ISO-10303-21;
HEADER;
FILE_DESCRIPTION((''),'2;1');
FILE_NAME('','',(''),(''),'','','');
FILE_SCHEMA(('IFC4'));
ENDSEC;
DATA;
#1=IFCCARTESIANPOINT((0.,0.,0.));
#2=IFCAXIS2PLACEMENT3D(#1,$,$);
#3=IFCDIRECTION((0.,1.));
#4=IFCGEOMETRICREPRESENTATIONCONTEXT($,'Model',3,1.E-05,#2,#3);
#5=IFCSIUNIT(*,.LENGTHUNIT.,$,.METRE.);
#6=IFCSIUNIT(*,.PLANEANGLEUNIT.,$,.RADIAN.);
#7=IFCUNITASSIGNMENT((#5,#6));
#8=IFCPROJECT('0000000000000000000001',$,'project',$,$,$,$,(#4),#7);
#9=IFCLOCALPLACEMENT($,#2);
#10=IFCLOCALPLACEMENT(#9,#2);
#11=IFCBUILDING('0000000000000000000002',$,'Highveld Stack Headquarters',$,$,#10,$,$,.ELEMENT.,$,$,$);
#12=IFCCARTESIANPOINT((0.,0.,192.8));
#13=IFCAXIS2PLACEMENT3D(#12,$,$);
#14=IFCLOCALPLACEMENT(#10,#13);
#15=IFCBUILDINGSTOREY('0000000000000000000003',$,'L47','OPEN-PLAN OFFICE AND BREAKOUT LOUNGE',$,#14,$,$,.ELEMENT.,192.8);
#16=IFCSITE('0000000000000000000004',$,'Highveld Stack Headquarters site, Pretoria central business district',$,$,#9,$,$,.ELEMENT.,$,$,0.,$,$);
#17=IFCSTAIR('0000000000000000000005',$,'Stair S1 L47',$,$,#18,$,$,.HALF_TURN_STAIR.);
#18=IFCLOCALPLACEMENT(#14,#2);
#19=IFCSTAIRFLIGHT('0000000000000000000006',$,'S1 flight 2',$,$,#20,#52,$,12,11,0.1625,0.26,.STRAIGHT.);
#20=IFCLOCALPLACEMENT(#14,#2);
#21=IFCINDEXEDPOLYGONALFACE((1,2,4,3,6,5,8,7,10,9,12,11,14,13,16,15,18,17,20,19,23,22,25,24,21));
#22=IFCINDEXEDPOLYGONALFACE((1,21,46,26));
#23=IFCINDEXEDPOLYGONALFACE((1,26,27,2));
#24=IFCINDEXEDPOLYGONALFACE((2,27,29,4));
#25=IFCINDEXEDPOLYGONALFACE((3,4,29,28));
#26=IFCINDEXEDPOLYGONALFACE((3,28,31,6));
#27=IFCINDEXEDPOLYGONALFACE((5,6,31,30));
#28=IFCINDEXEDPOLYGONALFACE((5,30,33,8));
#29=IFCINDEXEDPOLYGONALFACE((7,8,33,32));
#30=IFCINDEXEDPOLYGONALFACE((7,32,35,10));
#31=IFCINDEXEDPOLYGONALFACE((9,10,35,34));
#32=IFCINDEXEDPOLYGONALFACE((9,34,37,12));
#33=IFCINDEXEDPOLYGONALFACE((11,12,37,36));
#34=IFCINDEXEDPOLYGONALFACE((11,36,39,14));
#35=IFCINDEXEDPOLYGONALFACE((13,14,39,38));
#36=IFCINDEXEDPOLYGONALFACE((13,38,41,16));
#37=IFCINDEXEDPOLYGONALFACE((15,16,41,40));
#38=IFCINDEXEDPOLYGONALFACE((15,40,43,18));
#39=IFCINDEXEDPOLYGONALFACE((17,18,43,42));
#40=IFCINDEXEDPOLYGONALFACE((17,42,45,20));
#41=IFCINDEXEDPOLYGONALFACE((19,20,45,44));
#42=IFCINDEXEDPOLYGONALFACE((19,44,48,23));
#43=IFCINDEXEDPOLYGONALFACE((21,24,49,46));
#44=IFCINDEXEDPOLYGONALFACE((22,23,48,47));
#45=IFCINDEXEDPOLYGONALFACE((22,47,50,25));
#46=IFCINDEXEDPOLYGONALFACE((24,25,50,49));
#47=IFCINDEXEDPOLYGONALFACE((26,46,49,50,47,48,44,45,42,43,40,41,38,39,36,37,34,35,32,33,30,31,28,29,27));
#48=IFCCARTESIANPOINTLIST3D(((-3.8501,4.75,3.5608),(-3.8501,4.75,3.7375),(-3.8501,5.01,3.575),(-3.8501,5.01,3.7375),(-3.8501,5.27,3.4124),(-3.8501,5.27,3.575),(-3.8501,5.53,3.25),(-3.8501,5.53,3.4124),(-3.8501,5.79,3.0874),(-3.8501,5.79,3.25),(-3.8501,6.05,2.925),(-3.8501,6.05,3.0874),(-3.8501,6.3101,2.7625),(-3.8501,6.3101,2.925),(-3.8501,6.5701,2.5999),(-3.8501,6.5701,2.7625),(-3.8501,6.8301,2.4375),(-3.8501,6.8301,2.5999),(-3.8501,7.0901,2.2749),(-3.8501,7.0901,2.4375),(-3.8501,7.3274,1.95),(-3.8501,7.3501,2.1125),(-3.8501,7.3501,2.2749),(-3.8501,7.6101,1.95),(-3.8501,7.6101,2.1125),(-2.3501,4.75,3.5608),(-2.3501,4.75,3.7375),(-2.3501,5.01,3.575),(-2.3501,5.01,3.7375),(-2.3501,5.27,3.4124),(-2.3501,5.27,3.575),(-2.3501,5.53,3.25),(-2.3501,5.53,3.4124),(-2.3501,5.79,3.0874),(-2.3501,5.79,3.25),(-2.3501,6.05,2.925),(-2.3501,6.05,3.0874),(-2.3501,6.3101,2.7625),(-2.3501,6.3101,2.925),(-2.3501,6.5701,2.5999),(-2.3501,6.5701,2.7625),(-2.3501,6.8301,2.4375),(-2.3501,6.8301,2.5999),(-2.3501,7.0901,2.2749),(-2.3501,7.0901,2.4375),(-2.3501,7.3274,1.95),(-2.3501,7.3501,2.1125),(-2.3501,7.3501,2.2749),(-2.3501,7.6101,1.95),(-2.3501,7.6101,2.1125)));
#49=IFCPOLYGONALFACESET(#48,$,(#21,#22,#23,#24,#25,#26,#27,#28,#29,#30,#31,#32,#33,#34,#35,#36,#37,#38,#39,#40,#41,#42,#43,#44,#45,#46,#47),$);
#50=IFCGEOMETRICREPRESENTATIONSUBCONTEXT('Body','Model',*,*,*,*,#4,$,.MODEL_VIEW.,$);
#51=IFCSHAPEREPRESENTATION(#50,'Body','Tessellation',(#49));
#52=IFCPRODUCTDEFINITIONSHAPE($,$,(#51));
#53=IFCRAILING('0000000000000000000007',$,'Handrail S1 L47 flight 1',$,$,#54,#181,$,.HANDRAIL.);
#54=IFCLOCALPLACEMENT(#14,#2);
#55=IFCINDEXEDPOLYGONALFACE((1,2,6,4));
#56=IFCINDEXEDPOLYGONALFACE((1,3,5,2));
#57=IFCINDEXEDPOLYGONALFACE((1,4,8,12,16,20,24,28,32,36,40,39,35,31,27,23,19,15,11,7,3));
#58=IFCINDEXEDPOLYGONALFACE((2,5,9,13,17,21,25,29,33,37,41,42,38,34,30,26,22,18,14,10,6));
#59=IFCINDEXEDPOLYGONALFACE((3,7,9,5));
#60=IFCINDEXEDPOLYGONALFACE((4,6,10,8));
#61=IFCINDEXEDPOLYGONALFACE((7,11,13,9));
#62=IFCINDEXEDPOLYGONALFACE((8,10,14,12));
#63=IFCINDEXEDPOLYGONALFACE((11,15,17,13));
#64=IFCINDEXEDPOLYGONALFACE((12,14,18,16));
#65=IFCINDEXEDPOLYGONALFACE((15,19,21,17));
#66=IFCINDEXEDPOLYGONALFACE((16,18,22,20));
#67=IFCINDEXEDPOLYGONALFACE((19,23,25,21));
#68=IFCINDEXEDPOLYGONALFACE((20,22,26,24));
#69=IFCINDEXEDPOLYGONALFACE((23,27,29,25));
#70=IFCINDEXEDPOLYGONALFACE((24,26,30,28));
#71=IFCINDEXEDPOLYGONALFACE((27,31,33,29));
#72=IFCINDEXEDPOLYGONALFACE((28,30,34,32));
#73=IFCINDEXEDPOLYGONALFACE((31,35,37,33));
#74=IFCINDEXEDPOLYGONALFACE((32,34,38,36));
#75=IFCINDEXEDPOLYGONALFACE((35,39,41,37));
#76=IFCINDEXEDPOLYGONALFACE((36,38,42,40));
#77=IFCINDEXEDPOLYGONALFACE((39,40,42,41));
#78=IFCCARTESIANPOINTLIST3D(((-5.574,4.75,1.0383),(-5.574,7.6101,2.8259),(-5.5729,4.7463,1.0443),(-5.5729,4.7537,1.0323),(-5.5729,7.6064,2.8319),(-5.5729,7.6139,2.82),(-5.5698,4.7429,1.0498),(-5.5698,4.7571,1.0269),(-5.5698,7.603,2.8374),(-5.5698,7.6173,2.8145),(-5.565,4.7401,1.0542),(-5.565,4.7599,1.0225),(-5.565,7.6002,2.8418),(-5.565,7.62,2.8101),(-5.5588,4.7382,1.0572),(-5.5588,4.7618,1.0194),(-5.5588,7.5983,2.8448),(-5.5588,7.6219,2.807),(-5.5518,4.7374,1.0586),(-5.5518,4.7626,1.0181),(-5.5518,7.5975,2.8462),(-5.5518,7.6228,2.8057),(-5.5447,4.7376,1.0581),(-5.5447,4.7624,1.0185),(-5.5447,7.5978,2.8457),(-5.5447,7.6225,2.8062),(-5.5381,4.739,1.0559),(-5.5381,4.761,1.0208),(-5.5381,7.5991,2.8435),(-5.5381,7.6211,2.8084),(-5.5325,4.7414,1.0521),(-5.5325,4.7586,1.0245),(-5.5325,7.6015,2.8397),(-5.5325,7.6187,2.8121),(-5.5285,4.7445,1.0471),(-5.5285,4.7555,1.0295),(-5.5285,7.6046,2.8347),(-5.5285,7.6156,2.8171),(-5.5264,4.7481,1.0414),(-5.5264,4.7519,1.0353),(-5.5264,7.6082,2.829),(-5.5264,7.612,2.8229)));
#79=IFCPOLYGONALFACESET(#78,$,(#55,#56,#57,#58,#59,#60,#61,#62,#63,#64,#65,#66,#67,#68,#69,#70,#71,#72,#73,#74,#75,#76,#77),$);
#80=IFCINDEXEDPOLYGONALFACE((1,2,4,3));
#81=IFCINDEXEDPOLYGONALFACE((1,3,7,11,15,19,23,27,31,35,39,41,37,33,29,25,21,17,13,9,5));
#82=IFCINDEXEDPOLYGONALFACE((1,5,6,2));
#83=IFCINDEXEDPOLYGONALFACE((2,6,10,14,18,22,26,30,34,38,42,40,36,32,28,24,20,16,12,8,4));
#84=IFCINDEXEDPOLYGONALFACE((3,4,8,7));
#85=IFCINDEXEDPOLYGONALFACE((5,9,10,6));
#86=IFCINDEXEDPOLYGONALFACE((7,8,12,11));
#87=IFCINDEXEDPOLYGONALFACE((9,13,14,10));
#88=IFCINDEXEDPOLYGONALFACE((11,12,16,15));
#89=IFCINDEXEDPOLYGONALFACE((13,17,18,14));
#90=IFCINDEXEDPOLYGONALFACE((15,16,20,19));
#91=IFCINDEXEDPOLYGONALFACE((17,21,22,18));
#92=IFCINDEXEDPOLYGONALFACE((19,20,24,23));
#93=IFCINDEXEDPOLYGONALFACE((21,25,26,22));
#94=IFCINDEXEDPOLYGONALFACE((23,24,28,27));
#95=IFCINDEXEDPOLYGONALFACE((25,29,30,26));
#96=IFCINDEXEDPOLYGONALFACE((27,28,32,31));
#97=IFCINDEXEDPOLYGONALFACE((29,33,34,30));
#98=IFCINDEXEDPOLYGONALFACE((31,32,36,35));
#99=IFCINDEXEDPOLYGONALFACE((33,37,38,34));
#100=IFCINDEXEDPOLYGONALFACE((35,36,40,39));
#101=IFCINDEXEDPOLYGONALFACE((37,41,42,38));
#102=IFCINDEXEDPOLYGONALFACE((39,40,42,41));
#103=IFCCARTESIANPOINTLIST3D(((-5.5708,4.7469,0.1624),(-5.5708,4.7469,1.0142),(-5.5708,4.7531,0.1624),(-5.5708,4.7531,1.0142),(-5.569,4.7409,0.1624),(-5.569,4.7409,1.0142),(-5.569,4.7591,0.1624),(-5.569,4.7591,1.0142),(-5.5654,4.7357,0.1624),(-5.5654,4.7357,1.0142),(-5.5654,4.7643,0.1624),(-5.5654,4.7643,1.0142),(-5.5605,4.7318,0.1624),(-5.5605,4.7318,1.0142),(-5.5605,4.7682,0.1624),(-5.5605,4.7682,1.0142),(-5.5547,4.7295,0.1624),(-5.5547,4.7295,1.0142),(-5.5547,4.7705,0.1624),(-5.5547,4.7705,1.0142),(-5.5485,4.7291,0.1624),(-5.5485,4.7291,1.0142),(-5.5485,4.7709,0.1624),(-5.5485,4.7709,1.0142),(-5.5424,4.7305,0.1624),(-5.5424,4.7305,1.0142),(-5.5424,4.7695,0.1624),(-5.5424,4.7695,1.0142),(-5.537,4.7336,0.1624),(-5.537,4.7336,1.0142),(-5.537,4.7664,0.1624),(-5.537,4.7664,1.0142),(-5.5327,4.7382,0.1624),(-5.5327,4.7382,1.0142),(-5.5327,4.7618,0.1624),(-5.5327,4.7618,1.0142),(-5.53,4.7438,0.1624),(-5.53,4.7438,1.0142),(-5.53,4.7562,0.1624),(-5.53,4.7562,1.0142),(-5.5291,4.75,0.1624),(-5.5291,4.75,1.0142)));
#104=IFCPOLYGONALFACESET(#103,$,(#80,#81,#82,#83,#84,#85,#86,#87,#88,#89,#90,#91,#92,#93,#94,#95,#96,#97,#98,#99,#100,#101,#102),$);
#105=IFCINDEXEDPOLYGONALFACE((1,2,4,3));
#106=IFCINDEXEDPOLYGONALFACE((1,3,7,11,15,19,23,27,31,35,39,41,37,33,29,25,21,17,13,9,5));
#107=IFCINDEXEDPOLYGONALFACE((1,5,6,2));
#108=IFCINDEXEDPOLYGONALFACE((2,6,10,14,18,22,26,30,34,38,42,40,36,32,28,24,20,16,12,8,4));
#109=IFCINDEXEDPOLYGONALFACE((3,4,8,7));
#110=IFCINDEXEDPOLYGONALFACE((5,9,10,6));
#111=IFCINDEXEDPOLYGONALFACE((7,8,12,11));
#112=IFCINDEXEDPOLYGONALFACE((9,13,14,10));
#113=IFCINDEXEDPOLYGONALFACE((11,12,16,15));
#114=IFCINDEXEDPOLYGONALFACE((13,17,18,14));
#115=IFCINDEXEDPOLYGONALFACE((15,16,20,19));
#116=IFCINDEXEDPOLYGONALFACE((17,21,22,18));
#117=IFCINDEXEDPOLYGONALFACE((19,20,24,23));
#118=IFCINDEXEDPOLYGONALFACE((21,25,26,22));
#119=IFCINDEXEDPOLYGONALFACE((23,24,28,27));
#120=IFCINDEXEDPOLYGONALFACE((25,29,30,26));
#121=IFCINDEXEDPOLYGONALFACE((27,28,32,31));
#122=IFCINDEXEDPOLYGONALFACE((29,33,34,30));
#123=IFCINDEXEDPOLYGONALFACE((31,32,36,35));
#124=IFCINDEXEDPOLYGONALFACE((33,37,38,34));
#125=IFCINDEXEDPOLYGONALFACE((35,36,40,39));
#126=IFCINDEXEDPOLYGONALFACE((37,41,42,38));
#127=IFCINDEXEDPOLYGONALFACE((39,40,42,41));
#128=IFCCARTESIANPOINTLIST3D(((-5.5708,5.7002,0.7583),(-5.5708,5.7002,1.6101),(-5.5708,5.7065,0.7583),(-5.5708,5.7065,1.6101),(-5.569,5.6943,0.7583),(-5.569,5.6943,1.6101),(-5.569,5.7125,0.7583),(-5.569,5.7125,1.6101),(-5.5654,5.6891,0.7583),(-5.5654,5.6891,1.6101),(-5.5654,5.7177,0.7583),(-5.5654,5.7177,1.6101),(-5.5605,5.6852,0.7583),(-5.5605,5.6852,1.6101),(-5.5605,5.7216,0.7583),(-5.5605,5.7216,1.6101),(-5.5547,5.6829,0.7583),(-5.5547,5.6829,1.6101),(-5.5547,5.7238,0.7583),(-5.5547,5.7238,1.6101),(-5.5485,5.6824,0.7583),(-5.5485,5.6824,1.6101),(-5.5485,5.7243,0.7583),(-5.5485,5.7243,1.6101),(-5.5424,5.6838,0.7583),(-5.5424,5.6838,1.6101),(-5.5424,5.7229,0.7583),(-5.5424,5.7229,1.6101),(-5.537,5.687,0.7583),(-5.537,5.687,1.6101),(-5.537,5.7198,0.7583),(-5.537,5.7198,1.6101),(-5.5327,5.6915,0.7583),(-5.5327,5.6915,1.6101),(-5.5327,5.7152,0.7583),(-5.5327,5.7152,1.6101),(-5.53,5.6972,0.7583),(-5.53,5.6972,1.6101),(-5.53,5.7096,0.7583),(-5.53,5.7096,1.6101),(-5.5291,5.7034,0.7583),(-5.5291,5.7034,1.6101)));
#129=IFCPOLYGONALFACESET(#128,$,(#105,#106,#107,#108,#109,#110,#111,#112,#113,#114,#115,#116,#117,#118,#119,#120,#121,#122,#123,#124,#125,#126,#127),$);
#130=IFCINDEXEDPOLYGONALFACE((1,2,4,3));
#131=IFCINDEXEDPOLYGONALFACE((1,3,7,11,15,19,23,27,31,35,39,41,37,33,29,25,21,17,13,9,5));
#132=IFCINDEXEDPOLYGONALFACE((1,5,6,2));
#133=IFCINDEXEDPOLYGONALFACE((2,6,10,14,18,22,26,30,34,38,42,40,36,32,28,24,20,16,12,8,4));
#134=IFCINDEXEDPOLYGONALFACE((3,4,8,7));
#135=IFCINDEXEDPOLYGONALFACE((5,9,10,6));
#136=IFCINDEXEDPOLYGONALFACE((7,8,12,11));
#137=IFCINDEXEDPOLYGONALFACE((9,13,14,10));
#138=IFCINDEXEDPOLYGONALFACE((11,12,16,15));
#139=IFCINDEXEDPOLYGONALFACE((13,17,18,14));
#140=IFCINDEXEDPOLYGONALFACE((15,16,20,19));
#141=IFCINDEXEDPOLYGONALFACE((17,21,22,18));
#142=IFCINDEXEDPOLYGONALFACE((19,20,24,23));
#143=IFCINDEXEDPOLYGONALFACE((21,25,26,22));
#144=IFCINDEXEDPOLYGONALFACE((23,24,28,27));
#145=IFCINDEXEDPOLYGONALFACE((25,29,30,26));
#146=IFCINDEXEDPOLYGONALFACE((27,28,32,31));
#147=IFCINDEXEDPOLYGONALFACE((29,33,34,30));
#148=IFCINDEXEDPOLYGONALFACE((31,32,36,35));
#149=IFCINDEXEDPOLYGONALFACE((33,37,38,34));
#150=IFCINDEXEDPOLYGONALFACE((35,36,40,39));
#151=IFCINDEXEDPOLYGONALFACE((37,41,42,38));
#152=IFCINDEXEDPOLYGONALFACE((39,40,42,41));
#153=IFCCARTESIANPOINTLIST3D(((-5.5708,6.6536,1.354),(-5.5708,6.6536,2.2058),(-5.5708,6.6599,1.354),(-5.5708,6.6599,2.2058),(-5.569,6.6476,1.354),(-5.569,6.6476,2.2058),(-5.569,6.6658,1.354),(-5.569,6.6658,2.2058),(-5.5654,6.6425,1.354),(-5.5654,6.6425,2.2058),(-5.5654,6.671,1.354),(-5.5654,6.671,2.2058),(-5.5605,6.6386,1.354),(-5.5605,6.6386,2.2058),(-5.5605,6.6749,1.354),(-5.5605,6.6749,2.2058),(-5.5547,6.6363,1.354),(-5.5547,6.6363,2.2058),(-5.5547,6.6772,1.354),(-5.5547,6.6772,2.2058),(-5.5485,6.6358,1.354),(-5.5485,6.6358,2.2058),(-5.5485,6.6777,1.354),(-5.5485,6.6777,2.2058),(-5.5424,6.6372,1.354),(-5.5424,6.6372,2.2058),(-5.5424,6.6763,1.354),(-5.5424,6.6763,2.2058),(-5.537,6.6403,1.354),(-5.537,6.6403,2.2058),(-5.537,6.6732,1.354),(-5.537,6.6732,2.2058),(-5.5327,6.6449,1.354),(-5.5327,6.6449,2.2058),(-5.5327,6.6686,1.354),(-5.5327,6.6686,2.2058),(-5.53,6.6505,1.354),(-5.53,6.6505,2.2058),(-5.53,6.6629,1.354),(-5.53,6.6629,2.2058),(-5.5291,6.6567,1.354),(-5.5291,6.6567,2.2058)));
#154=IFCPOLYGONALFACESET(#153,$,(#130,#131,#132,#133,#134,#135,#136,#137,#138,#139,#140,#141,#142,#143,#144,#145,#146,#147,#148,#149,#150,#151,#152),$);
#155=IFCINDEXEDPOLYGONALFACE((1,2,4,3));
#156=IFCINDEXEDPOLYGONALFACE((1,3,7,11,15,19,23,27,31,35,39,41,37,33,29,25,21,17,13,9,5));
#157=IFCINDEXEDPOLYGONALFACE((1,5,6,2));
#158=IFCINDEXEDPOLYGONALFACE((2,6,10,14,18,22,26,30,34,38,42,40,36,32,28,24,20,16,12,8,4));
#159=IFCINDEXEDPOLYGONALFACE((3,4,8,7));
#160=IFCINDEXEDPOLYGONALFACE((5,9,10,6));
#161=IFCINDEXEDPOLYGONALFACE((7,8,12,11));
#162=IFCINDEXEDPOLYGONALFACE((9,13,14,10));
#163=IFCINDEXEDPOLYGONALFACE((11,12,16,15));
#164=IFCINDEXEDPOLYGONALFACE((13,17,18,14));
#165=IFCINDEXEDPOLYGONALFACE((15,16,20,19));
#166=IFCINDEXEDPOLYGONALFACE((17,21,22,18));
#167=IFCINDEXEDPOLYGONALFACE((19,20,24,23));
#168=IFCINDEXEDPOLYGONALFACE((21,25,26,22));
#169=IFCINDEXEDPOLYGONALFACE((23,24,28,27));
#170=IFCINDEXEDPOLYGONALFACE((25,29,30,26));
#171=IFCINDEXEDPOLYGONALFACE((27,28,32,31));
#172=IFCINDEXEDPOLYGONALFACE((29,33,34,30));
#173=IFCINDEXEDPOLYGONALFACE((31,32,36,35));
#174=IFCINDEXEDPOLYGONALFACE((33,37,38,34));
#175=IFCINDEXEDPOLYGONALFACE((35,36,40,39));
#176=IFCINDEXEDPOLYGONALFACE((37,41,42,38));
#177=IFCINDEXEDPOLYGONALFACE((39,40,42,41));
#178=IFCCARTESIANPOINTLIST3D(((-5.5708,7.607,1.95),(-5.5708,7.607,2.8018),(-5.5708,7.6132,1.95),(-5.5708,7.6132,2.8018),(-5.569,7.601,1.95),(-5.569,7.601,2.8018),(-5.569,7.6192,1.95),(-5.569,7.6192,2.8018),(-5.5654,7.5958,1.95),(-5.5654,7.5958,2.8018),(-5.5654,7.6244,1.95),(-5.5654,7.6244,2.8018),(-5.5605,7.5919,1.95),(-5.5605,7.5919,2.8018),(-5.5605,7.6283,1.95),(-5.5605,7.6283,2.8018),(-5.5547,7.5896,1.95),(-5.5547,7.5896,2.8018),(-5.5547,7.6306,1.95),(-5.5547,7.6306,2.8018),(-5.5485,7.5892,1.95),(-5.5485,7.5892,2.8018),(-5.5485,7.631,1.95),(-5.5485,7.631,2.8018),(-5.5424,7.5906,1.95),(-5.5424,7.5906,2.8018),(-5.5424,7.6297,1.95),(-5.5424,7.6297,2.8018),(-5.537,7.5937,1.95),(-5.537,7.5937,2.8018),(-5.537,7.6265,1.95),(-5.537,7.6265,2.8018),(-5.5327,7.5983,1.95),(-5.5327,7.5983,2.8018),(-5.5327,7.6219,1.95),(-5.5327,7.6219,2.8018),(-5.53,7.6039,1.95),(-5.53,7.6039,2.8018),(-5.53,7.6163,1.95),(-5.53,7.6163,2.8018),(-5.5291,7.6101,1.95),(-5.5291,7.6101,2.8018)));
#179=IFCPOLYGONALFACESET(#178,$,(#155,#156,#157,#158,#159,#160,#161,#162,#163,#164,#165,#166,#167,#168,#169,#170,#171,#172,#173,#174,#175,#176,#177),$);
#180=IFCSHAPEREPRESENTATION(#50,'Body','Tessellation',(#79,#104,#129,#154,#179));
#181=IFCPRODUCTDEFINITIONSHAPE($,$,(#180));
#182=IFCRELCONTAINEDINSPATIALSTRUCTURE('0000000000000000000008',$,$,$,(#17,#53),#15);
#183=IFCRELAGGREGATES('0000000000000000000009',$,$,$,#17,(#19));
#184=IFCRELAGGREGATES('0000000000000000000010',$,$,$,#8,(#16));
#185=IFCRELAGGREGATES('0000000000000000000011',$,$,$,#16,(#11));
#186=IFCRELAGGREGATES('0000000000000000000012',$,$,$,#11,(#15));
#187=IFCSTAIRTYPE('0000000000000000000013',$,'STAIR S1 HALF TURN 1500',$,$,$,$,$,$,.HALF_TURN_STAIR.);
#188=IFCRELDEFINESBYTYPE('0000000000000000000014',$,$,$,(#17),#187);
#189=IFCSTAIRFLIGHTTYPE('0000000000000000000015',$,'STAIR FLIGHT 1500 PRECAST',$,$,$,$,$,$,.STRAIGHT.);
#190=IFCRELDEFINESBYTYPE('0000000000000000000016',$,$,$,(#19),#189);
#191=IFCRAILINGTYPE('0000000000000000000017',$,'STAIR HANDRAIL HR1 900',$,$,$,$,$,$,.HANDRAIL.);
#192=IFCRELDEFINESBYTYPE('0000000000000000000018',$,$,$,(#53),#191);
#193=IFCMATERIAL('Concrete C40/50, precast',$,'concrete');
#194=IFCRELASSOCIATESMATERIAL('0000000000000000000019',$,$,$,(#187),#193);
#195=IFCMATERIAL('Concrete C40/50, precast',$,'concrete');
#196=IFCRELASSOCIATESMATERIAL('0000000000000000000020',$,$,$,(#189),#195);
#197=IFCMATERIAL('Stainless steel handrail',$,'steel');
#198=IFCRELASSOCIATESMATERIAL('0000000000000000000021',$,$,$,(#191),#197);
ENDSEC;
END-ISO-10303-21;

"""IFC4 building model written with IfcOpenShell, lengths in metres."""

from ifc_helpers import new_model, si_unit, direction, frame, origin, origin_2d, place, context, subcontext, project, spatial, polyline, circle, outline, extrude, material, type_object, element, aggregate, save


model = new_model("IFC4")

# Units and contexts
model_context = context("Model", 3, precision=1e-05, world=origin(), true_north=direction((0.0, 1.0)))
body_context = subcontext(model_context, "Body", "Model", "MODEL_VIEW")
ifc_project = project(units=[si_unit("LENGTHUNIT", "METRE"), si_unit("PLANEANGLEUNIT", "RADIAN")], contexts=[model_context])

# Site, building, storey
site_placement = place(None, origin())
site = spatial("IfcSite", under=ifc_project, at=site_placement, Name="Highveld Stack Headquarters site, Pretoria central business district", CompositionType="ELEMENT", RefElevation=0.0)
building_placement = place(site_placement, origin())
building = spatial("IfcBuilding", under=site, at=building_placement, Name="Highveld Stack Headquarters", CompositionType="ELEMENT")
storey_placement = place(building_placement, frame((0.0, 0.0, 192.8)))
storey = spatial("IfcBuildingStorey", under=building, at=storey_placement, Name="L47", Description="OPEN-PLAN OFFICE AND BREAKOUT LOUNGE", CompositionType="ELEMENT", Elevation=192.8)

# Stair
ifc_material_1 = material(Name="Concrete C40/50, precast", Category="concrete")
stair_type = type_object("IfcStairType", Name="STAIR S1 HALF TURN 1500", PredefinedType="HALF_TURN_STAIR", material=ifc_material_1)
stair_placement = place(storey_placement, origin())
stair = element("IfcStair", 1, at=stair_placement, inside=storey, type_object=stair_type, Name="Stair S1 L47", PredefinedType="HALF_TURN_STAIR")

# Stair flight
ifc_material_2 = material(Name="Concrete C40/50, precast", Category="concrete")
stair_flight_type = type_object("IfcStairFlightType", Name="STAIR FLIGHT 1500 PRECAST", PredefinedType="STRAIGHT", material=ifc_material_2)
stair_flight_1_placement = place(storey_placement, frame((-3.1001, 7.6101, 1.95), z_axis=(0.0, 0.0, 1.0), x_axis=(0.0, -1.0, 0.0)))
stair_flight_1 = element("IfcStairFlight", 2, at=stair_flight_1_placement, type_object=stair_flight_type, Name="S1 flight 2", NumberOfRisers=12, NumberOfTreads=11, PredefinedType="STRAIGHT", RiserHeight=0.1625, TreadLength=0.26, context=body_context, shape_type="SweptSolid", body=[
    extrude(outline(polyline([(0.0, 0.0), (0.0, 0.1626), (0.26, 0.1626), (0.26, 0.325), (0.52, 0.325), (0.52, 0.4875), (0.78, 0.4875), (0.78, 0.6499), (1.04, 0.6499), (1.04, 0.8125), (1.3, 0.8125), (1.3, 0.9751), (1.5601, 0.9751), (1.5601, 1.1375), (1.8201, 1.1375), (1.8201, 1.3), (2.0801, 1.3), (2.0801, 1.4624), (2.3401, 1.4624), (2.3401, 1.625), (2.6001, 1.625), (2.6001, 1.7876), (2.8601, 1.7876), (2.8601, 1.95), (2.8601, 1.6108), (0.2827, 0.0), (0.0, 0.0)])), frame((0.0, 0.75, 0.0), z_axis=(0.0, -1.0, 0.0), x_axis=(1.0, 0.0, 0.0)), (0.0, 0.0, 1.0), 1.5),
])
aggregate(stair, [stair_flight_1])

# Railing
ifc_material_3 = material(Name="Stainless steel handrail", Category="steel")
railing_type = type_object("IfcRailingType", Name="STAIR HANDRAIL HR1 900", PredefinedType="HANDRAIL", material=ifc_material_3)
for number, where, name in (
    (3, (-5.55, 4.75, 0.1624), "Handrail S1 L47 flight 1"),
):
    element("IfcRailing", number, at=place(storey_placement, frame(where)), inside=storey, type_object=railing_type, Name=name, PredefinedType="HANDRAIL", context=body_context, shape_type="SweptSolid", body=[
        extrude(circle(Radius=0.0239, at=origin_2d()), frame((0.0, 0.0, 0.876), z_axis=(0.0, 0.847994, 0.530005), x_axis=(-1.0, 0.0, 0.0)), (0.0, 0.0, 1.0), 3.3728),
        extrude(circle(Radius=0.021, at=origin_2d()), origin(), (0.0, 0.0, 1.0), 0.8518),
        extrude(circle(Radius=0.021, at=origin_2d()), frame((0.0, 0.9534, 0.5959)), (0.0, 0.0, 1.0), 0.8518),
        extrude(circle(Radius=0.021, at=origin_2d()), frame((0.0, 1.9067, 1.1917)), (0.0, 0.0, 1.0), 0.8518),
        extrude(circle(Radius=0.021, at=origin_2d()), frame((0.0, 2.8601, 1.7876)), (0.0, 0.0, 1.0), 0.8518),
    ])

save(model, "model.ifc")
